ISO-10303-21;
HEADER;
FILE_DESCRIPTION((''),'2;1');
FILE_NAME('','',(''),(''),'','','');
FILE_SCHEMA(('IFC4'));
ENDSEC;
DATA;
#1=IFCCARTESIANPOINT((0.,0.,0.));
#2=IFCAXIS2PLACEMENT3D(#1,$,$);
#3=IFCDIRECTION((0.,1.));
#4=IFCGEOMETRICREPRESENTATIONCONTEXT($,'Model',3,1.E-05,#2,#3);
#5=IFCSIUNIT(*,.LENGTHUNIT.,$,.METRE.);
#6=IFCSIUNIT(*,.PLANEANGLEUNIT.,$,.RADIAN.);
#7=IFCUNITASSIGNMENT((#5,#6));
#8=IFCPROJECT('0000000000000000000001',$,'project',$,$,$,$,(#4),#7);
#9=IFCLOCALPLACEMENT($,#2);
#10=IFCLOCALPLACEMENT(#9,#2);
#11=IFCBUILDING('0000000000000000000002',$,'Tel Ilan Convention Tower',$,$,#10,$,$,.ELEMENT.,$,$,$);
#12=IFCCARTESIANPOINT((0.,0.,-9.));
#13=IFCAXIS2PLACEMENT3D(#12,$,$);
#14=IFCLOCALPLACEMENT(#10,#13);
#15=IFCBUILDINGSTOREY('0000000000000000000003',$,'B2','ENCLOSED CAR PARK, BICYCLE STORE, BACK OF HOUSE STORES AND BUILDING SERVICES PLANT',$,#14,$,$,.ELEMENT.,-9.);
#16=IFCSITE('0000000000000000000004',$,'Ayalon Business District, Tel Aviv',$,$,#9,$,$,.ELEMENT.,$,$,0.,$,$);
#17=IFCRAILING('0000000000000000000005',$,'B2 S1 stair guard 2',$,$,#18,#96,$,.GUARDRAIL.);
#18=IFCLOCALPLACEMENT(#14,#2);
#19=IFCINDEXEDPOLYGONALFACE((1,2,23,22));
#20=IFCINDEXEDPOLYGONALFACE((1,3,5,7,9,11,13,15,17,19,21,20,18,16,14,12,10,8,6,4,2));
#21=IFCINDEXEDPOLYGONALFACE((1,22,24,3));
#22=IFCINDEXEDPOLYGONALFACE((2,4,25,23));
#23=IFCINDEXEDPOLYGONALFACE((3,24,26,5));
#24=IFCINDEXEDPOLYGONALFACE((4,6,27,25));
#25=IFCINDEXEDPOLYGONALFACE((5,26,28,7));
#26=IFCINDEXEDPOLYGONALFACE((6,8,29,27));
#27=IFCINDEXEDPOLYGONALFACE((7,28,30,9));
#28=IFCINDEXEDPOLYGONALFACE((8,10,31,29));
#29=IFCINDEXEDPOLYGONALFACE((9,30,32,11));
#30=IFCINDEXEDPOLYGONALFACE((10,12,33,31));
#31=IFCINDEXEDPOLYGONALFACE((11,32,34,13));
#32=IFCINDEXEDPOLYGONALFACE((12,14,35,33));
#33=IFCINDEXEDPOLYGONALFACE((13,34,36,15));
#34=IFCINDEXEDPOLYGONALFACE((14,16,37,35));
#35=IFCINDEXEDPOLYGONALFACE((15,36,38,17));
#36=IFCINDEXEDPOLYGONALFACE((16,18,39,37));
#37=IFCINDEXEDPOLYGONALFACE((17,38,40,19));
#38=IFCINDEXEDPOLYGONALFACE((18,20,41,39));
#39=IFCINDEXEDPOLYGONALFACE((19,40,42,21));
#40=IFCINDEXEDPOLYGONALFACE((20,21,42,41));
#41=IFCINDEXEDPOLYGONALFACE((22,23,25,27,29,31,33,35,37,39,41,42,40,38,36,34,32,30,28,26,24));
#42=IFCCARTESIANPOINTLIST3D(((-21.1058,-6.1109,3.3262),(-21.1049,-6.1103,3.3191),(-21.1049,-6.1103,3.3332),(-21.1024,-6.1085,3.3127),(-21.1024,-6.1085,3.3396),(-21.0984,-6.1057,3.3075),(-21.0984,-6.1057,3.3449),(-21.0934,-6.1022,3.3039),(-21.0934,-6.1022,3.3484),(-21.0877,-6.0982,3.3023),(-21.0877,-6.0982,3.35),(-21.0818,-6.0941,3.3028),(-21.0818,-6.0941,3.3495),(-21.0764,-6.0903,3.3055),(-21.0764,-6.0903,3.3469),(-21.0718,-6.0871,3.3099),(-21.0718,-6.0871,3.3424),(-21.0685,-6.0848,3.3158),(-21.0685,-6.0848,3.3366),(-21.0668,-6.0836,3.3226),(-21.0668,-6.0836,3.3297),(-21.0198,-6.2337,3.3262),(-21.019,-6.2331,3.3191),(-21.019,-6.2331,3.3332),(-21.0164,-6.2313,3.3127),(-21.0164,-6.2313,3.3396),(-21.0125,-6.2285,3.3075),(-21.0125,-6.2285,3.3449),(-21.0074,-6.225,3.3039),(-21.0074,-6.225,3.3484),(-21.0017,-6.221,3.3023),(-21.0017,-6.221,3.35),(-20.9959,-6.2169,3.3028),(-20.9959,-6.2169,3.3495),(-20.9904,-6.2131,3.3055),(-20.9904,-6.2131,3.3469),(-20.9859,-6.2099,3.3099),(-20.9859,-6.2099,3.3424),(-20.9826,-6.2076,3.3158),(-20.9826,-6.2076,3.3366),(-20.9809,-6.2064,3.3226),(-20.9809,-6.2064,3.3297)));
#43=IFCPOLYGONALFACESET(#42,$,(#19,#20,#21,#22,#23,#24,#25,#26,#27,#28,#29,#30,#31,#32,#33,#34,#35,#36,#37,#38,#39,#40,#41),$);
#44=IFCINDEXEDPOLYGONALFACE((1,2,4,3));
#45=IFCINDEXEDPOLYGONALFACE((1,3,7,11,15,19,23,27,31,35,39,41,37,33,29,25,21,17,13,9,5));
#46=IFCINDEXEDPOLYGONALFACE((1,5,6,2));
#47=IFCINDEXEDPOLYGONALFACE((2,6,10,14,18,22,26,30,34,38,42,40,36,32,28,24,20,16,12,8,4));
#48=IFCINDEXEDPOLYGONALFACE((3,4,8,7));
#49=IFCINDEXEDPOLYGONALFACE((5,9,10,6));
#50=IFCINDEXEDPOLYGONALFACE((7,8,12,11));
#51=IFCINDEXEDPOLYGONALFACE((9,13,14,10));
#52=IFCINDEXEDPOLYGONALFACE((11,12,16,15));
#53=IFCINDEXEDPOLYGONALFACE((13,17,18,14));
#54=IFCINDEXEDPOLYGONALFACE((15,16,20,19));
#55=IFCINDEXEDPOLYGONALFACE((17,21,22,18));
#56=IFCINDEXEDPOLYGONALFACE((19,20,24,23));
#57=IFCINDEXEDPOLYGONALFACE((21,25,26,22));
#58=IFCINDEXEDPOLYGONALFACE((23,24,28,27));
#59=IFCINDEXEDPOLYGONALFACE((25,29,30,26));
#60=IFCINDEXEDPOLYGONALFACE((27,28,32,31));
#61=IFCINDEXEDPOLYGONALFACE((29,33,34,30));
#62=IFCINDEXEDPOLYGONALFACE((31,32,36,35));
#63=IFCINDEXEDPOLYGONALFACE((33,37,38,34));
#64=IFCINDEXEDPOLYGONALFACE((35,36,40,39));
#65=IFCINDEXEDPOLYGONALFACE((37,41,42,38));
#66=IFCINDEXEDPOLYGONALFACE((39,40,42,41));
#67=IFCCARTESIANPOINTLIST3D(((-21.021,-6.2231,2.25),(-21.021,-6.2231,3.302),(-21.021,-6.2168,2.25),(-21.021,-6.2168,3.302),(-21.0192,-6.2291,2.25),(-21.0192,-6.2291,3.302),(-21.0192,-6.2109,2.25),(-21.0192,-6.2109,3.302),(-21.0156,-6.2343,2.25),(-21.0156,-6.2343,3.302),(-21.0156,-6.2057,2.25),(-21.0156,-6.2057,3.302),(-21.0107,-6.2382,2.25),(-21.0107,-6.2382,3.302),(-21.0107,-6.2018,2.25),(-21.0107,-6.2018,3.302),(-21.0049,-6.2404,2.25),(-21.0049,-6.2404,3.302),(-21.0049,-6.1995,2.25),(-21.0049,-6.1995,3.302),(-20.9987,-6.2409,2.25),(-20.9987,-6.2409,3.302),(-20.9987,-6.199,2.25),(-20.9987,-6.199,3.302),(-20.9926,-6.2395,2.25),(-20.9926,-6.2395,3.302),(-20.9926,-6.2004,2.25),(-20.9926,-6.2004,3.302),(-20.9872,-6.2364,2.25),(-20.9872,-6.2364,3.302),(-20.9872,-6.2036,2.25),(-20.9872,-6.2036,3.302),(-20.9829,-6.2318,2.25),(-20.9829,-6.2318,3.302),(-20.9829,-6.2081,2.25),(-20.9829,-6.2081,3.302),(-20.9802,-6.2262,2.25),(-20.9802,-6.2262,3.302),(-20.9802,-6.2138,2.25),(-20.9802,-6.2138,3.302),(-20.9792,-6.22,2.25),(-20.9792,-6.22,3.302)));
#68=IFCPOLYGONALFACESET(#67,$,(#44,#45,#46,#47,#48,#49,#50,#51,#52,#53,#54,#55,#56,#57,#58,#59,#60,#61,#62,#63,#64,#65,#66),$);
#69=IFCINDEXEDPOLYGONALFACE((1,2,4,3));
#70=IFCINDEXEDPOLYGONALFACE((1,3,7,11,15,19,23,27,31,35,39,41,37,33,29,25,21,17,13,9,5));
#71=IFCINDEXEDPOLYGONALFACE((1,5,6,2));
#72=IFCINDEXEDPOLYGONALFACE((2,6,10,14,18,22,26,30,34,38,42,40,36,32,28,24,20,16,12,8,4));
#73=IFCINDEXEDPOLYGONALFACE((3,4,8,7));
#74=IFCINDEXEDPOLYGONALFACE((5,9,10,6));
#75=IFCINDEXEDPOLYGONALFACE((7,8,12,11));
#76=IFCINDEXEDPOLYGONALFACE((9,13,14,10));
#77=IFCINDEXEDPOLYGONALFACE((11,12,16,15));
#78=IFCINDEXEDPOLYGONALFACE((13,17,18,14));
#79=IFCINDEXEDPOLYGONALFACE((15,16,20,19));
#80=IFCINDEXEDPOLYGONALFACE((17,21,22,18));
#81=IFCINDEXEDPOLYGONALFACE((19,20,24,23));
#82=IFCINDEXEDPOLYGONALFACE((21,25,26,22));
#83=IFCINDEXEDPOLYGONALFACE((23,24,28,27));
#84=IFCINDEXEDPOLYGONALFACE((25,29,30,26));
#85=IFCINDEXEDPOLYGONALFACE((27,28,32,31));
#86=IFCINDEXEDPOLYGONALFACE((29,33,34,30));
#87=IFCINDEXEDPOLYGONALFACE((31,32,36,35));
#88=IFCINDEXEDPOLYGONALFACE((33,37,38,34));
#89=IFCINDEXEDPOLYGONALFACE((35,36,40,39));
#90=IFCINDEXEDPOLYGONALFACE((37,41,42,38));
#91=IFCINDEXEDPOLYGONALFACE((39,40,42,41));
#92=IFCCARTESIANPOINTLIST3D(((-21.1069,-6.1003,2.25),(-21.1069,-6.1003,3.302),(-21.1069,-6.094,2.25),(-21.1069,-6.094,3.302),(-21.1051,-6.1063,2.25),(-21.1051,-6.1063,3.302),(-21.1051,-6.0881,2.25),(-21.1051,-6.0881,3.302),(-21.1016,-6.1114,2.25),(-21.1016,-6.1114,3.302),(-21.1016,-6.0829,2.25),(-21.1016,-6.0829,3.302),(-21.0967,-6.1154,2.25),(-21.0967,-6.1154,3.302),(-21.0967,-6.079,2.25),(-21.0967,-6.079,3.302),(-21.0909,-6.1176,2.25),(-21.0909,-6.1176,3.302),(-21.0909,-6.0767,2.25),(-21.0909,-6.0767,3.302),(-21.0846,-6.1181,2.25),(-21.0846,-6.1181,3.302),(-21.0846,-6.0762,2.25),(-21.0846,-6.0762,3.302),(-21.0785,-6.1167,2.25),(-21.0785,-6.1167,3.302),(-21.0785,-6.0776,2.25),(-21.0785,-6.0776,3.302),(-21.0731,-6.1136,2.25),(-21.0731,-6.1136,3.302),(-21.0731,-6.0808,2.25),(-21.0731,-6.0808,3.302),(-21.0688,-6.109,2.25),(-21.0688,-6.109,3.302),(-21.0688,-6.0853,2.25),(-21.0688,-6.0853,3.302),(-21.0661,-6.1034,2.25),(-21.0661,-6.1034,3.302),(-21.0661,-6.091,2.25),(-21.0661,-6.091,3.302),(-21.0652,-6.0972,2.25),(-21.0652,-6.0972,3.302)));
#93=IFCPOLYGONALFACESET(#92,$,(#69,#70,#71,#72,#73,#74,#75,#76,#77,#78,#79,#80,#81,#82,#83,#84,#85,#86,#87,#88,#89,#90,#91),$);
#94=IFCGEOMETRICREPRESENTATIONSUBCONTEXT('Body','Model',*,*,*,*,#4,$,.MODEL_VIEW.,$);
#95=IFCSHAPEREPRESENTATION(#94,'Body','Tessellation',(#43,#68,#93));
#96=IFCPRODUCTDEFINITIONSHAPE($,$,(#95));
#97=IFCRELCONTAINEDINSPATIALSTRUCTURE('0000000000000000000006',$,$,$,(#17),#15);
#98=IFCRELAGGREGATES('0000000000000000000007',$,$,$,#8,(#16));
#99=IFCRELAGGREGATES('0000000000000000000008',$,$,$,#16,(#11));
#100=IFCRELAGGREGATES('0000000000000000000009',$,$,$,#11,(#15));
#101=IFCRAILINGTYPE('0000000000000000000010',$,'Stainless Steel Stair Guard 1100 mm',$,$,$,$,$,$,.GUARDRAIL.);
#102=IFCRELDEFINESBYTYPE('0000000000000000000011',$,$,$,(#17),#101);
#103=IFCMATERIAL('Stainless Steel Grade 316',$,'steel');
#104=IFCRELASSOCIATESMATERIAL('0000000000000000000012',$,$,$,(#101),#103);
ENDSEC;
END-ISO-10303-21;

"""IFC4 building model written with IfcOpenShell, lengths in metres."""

from ifc_helpers import new_model, si_unit, direction, frame, origin, origin_2d, place, context, subcontext, project, spatial, circle, extrude, material, type_object, element, save


model = new_model("IFC4")

# Units and contexts
model_context = context("Model", 3, precision=1e-05, world=origin(), true_north=direction((0.0, 1.0)))
body_context = subcontext(model_context, "Body", "Model", "MODEL_VIEW")
ifc_project = project(units=[si_unit("LENGTHUNIT", "METRE"), si_unit("PLANEANGLEUNIT", "RADIAN")], contexts=[model_context])

# Site, building, storey
site_placement = place(None, origin())
site = spatial("IfcSite", under=ifc_project, at=site_placement, Name="Ayalon Business District, Tel Aviv", CompositionType="ELEMENT", RefElevation=0.0)
building_placement = place(site_placement, origin())
building = spatial("IfcBuilding", under=site, at=building_placement, Name="Tel Ilan Convention Tower", CompositionType="ELEMENT")
storey_placement = place(building_placement, frame((0.0, 0.0, -9.0)))
storey = spatial("IfcBuildingStorey", under=building, at=storey_placement, Name="B2", Description="ENCLOSED CAR PARK, BICYCLE STORE, BACK OF HOUSE STORES AND BUILDING SERVICES PLANT", CompositionType="ELEMENT", Elevation=-9.0)

# Railing
ifc_material_1 = material(Name="Stainless Steel Grade 316", Category="steel")
railing_type_1 = type_object("IfcRailingType", Name="Stainless Steel Stair Guard 1100 mm", PredefinedType="GUARDRAIL", material=ifc_material_1)
railing_1_placement = place(storey_placement, frame((-21.0002, -6.22, 2.25)))
element("IfcRailing", 1, at=railing_1_placement, inside=storey, type_object=railing_type_1, Name="B2 S1 stair guard 2", PredefinedType="GUARDRAIL", context=body_context, shape_type="SweptSolid", body=[
    extrude(circle(Radius=0.0239, at=origin_2d()), frame((0.0, 0.0, 1.0762), z_axis=(-0.573353, 0.819308, 0.0), x_axis=(-0.819308, -0.573353, 0.0)), (0.0, 0.0, 1.0), 0.1499),
    extrude(circle(Radius=0.021, at=origin_2d()), origin(), (0.0, 0.0, 1.0), 1.052),
    extrude(circle(Radius=0.021, at=origin_2d()), frame((-0.0859, 0.1228, 0.0)), (0.0, 0.0, 1.0), 1.052),
])

save(model, "model.ifc")
